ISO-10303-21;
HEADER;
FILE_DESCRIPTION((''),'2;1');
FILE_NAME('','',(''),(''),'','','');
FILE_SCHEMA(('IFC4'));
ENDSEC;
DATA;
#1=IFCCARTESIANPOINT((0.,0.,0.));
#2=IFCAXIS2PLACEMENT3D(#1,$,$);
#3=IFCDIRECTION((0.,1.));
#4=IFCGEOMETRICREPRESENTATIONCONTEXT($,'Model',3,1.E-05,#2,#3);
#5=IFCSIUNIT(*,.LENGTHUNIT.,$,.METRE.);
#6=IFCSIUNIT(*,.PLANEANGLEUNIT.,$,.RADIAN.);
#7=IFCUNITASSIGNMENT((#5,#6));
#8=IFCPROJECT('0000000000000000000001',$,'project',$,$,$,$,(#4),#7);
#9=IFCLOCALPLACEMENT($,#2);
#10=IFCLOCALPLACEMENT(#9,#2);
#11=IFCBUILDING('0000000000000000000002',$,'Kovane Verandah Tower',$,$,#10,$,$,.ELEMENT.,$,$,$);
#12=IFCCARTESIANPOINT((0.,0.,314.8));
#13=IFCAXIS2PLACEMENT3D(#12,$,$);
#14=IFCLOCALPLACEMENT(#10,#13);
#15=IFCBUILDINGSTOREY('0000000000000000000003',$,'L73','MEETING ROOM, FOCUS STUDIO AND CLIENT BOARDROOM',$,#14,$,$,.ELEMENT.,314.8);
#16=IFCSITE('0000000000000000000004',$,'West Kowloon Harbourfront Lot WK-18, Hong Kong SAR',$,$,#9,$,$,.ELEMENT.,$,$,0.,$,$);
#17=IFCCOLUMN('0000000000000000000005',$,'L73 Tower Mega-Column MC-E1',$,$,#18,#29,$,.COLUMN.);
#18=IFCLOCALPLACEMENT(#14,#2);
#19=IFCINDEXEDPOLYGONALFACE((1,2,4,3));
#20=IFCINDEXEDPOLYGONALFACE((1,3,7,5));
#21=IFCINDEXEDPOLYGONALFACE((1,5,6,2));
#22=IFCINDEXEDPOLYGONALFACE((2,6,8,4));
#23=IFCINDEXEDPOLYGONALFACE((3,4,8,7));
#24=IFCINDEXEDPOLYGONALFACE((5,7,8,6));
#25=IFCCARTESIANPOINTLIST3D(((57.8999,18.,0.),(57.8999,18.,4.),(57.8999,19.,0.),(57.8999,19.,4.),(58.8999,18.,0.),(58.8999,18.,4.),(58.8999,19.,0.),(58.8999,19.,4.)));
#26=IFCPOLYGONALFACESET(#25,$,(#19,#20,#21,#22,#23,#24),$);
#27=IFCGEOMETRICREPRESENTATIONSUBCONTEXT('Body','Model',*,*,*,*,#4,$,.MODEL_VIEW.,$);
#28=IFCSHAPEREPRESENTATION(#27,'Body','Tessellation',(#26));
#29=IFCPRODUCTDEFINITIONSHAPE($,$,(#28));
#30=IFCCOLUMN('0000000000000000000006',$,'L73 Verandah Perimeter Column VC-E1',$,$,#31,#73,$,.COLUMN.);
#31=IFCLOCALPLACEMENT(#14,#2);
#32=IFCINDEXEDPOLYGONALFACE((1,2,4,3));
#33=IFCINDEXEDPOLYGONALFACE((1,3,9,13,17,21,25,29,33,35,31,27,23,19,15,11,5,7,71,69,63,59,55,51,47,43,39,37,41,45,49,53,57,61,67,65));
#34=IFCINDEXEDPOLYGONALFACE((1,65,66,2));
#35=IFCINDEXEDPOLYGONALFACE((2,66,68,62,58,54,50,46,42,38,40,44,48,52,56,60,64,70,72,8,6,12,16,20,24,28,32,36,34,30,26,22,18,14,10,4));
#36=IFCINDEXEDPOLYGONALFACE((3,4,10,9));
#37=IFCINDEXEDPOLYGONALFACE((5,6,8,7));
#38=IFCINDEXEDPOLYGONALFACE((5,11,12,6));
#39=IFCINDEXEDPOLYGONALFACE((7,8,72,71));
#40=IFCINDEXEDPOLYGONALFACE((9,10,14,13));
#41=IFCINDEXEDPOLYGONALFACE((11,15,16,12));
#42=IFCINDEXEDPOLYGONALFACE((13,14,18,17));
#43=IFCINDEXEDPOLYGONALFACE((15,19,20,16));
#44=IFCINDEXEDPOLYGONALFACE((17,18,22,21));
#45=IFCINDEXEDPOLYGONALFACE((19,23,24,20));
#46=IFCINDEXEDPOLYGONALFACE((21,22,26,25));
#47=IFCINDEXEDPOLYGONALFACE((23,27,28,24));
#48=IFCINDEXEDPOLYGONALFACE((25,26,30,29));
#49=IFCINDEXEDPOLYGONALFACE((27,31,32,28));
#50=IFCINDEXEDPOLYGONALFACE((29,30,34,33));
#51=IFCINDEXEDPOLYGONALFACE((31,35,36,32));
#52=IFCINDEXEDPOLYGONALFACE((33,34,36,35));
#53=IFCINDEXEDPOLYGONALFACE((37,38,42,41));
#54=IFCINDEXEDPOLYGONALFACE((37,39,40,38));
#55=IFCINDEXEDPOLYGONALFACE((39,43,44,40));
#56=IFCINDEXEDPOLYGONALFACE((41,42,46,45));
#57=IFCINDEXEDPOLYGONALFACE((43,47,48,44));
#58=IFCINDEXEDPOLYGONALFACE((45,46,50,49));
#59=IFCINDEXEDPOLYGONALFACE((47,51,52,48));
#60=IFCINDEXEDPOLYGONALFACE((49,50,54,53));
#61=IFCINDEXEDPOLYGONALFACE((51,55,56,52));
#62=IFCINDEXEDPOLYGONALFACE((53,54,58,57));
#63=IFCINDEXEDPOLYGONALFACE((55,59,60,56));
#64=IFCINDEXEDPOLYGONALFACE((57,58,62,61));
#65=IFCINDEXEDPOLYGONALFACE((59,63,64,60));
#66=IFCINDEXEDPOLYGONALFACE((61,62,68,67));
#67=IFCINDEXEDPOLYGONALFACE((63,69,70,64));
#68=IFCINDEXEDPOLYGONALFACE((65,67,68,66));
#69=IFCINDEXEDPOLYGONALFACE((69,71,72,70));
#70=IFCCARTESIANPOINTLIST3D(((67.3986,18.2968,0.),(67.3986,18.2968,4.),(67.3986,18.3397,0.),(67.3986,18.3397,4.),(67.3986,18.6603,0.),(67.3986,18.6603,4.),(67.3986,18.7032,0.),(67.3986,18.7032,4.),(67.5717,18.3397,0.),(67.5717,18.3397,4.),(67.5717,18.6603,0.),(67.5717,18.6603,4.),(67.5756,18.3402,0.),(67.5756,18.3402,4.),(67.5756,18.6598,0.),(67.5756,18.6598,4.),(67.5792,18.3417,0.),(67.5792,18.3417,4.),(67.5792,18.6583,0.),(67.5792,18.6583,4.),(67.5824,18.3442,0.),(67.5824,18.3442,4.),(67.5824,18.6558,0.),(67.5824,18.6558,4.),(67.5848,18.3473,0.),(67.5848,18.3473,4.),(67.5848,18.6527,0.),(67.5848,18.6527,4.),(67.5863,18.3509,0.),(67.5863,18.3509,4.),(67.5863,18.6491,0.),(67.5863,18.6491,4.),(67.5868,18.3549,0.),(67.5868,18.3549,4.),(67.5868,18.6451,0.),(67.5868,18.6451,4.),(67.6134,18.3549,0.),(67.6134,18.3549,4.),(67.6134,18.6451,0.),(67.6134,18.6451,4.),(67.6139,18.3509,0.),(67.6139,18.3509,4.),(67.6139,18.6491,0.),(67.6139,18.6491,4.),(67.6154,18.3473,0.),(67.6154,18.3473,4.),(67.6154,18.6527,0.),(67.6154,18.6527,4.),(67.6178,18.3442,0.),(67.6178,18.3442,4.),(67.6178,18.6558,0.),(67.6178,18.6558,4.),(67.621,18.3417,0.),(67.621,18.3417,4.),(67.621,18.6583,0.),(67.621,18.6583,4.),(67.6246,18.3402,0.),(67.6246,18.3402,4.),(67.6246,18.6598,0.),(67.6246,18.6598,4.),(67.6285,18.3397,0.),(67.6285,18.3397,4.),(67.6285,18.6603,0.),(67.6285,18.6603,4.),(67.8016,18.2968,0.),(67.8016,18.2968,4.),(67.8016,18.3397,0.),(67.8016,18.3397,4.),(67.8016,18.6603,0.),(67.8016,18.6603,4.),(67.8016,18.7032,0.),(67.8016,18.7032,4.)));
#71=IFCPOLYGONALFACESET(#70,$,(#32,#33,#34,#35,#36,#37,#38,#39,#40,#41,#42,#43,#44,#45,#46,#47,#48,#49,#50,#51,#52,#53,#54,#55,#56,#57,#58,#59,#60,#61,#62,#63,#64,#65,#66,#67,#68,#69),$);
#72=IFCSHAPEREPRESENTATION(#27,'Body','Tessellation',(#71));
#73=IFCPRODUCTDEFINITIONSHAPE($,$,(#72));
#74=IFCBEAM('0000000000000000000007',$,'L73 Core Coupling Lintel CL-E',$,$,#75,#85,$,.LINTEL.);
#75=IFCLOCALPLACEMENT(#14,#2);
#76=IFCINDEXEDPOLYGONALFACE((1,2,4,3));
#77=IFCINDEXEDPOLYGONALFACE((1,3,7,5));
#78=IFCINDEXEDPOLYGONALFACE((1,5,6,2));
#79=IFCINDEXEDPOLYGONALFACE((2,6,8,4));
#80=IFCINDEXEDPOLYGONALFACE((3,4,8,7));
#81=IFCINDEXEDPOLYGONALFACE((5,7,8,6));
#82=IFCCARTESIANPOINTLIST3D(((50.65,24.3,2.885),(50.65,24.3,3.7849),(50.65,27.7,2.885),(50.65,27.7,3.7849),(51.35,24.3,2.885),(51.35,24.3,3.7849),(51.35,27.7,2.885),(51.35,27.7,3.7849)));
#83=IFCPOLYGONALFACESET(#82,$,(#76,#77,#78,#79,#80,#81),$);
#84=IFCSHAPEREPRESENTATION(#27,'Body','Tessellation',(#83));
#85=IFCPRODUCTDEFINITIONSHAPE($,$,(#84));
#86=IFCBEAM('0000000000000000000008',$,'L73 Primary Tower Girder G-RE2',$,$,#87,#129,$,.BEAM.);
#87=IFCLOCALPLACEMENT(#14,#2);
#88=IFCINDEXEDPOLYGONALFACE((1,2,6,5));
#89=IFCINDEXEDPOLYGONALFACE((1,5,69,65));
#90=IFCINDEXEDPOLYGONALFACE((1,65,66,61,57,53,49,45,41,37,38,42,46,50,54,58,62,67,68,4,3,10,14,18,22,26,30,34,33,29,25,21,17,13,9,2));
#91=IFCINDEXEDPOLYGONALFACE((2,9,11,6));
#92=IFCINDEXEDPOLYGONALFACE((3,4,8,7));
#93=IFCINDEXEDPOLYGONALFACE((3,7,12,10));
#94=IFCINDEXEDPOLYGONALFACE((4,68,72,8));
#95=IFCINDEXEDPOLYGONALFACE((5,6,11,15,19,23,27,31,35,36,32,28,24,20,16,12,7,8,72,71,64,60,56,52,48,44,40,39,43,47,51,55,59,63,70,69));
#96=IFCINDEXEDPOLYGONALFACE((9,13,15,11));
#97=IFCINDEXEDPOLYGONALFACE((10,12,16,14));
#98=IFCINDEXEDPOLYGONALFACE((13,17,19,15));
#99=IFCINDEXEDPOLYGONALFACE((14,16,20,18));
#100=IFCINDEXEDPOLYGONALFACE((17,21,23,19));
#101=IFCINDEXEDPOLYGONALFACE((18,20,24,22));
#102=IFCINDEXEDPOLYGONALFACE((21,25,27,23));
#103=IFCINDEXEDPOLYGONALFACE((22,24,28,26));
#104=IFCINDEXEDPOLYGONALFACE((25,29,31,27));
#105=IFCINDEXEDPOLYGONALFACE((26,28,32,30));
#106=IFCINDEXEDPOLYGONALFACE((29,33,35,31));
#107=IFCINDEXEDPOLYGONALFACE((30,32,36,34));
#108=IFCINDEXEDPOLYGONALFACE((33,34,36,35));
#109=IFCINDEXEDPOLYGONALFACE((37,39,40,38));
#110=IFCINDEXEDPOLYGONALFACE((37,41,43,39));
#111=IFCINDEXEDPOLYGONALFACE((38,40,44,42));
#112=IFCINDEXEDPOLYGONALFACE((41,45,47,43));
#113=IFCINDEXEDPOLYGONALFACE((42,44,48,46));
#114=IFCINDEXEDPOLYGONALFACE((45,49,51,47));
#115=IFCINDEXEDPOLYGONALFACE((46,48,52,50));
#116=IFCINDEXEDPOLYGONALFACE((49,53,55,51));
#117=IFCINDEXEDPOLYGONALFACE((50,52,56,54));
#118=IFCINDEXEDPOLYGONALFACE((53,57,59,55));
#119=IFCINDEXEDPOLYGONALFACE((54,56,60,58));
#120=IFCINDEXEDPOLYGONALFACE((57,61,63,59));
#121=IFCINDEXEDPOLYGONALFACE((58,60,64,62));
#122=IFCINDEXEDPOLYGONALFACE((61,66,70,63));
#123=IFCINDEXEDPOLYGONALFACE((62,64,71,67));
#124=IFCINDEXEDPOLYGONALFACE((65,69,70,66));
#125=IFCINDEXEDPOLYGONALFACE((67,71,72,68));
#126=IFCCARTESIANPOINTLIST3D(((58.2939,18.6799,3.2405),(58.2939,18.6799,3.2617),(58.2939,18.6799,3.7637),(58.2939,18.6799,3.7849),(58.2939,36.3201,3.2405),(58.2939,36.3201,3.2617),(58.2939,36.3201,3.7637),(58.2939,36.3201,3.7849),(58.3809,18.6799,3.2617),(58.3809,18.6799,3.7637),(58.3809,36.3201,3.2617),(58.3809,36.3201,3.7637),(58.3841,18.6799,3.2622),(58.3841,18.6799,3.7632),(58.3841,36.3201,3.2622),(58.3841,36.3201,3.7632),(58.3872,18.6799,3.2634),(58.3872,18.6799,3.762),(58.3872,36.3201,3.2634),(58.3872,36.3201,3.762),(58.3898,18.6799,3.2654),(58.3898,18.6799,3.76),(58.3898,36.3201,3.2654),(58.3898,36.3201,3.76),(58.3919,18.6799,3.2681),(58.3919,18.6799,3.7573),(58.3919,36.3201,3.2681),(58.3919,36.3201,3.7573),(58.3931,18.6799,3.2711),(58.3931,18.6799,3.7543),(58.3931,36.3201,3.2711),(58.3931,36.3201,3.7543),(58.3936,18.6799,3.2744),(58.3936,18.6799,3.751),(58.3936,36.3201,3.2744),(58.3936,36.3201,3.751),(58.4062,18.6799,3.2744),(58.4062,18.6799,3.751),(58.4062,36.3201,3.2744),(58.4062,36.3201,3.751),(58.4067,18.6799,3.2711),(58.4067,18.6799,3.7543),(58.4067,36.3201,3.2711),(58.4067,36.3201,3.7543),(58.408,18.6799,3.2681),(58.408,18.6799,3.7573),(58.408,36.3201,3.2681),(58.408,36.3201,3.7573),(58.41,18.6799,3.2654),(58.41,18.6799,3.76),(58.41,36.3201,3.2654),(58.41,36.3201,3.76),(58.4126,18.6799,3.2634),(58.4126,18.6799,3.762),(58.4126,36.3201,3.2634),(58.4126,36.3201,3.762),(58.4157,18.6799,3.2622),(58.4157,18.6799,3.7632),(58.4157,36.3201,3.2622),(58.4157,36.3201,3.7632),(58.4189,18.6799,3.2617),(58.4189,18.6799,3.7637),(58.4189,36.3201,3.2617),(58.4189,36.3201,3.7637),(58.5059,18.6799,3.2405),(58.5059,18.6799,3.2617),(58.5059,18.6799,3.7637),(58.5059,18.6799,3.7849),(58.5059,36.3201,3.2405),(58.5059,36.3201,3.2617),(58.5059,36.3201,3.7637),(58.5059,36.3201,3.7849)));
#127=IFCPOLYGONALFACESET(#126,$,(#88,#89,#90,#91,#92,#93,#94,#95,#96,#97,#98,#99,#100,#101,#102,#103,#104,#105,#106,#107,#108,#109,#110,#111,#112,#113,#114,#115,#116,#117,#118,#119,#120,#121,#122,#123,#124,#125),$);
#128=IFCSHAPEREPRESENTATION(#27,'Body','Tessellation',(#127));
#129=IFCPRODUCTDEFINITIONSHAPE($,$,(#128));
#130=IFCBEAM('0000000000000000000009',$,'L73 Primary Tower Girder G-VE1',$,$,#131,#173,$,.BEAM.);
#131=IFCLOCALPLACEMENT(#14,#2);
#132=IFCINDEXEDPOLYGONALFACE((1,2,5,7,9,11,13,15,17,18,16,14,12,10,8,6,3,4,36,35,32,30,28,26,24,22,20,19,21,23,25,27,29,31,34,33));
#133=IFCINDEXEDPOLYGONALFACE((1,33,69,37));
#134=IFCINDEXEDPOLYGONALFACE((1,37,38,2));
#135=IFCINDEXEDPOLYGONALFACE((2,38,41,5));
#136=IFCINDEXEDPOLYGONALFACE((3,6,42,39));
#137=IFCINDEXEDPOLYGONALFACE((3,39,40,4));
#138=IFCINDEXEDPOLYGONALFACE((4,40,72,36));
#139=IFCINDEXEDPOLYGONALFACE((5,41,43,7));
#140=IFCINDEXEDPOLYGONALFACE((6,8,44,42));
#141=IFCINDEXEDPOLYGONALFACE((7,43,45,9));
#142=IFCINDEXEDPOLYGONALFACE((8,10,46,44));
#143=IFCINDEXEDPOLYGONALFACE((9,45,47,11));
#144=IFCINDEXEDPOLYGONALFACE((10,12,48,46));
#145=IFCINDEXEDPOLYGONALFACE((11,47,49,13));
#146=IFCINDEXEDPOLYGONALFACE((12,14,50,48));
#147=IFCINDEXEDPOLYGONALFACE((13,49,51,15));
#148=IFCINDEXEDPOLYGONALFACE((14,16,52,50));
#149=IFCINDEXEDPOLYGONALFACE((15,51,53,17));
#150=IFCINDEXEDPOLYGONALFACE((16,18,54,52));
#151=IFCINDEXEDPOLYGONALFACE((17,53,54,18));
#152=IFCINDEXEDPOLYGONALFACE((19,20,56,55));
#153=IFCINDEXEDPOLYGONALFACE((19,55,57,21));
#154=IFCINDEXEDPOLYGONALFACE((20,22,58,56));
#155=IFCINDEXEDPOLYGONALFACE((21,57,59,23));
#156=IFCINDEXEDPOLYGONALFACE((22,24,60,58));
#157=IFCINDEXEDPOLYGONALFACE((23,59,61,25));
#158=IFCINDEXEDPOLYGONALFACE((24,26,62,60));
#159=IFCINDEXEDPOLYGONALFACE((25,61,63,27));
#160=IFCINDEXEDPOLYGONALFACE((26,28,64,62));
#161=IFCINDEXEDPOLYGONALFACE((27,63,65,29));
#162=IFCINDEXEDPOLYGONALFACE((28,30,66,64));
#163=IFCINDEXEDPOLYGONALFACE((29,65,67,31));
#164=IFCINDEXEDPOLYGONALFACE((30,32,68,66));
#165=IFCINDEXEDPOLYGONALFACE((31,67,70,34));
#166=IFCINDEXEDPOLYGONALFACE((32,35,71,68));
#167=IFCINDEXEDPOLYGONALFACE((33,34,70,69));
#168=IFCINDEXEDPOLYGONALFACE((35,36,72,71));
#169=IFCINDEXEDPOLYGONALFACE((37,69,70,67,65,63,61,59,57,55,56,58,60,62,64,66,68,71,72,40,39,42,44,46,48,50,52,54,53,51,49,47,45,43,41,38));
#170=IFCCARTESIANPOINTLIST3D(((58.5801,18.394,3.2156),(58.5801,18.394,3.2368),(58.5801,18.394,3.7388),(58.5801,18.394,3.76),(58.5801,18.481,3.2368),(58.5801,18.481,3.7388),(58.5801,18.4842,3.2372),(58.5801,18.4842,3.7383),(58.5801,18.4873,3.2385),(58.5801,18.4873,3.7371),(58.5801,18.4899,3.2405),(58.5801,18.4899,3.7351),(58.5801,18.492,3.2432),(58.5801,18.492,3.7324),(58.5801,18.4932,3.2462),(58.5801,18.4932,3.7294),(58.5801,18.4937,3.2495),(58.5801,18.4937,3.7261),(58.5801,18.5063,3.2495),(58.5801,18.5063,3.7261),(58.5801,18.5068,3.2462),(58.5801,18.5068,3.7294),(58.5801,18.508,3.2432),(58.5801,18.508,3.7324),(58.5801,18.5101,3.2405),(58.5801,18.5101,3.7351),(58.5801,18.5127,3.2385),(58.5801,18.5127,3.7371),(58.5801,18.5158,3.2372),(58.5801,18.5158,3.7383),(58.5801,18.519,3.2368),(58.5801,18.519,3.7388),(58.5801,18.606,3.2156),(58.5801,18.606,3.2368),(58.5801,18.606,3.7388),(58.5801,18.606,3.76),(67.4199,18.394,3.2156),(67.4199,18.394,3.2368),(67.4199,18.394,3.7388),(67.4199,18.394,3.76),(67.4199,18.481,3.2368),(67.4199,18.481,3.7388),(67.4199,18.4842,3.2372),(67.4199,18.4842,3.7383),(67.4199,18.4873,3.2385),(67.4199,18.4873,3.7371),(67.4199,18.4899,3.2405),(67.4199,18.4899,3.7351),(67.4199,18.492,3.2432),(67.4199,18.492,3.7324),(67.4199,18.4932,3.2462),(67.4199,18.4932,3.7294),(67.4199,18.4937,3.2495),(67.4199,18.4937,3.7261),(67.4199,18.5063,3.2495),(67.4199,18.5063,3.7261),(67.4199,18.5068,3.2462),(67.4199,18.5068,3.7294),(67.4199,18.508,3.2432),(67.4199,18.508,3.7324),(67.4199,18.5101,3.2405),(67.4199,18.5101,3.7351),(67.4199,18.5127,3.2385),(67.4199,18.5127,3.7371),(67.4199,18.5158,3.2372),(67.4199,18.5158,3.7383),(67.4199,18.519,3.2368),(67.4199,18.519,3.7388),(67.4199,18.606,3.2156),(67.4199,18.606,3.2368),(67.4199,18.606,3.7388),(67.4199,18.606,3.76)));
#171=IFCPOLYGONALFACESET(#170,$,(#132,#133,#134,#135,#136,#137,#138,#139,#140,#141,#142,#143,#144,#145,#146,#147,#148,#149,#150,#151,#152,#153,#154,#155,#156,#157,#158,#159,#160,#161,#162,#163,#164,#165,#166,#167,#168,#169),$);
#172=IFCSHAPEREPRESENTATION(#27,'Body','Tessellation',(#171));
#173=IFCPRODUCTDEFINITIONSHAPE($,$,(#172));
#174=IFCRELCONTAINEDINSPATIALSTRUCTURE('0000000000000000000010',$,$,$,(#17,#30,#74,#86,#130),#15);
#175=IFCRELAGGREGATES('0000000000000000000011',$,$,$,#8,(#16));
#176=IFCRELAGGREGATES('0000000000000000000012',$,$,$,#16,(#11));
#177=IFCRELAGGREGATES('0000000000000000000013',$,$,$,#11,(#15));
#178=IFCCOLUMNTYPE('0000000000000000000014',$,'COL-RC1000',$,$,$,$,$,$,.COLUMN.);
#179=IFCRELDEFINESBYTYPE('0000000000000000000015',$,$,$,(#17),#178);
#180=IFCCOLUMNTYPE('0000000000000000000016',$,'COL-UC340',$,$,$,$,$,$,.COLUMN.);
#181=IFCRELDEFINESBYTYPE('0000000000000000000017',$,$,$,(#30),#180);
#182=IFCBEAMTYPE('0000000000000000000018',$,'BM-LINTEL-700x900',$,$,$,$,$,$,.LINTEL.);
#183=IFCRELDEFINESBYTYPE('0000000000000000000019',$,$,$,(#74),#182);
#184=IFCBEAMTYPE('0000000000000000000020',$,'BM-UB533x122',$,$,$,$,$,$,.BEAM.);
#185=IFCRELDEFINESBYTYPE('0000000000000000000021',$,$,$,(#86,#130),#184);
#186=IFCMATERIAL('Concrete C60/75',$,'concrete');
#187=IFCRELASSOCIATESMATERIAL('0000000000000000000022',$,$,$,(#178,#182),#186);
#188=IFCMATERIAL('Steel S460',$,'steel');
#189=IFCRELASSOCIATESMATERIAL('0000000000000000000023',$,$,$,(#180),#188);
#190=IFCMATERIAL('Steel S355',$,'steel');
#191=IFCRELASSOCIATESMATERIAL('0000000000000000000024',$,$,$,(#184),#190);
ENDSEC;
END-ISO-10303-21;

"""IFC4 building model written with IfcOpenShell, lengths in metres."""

from ifc_helpers import new_model, si_unit, direction, frame, origin, origin_2d, place, context, subcontext, project, spatial, rectangle, i_section, extrude, material, material_profile, profile_set, type_object, element, save


model = new_model("IFC4")

# Units and contexts
model_context = context("Model", 3, precision=1e-05, world=origin(), true_north=direction((0.0, 1.0)))
body_context = subcontext(model_context, "Body", "Model", "MODEL_VIEW")
ifc_project = project(units=[si_unit("LENGTHUNIT", "METRE"), si_unit("PLANEANGLEUNIT", "RADIAN")], contexts=[model_context])

# Site, building, storey
site_placement = place(None, origin())
site = spatial("IfcSite", under=ifc_project, at=site_placement, Name="West Kowloon Harbourfront Lot WK-18, Hong Kong SAR", CompositionType="ELEMENT", RefElevation=0.0)
building_placement = place(site_placement, origin())
building = spatial("IfcBuilding", under=site, at=building_placement, Name="Kovane Verandah Tower", CompositionType="ELEMENT")
storey_placement = place(building_placement, frame((0.0, 0.0, 314.8)))
storey = spatial("IfcBuildingStorey", under=building, at=storey_placement, Name="L73", Description="MEETING ROOM, FOCUS STUDIO AND CLIENT BOARDROOM", CompositionType="ELEMENT", Elevation=314.8)

# Columns
ifc_material_1 = material(Name="Concrete C60/75", Category="concrete")
ifc_material_profile_1 = material_profile(ifc_material_1, rectangle(XDim=1.0, YDim=1.0, at=origin_2d()), Name="RC1000x1000")
ifc_profile_set_1 = profile_set([ifc_material_profile_1], Name="Concrete C60/75")
column_type_1 = type_object("IfcColumnType", Name="COL-RC1000", PredefinedType="COLUMN", material=ifc_profile_set_1)
column_1_placement = place(storey_placement, frame((58.3999, 18.5, 0.0), z_axis=(0.0, 0.0, 1.0), x_axis=(1.0, 0.0, 0.0)))
element("IfcColumn", 1, at=column_1_placement, inside=storey, type_object=column_type_1, Name="L73 Tower Mega-Column MC-E1", PredefinedType="COLUMN", context=body_context, shape_type="SweptSolid", body=[
    extrude(rectangle(XDim=1.0, YDim=1.0, at=origin_2d()), origin(), (0.0, 0.0, 1.0), 4.0),
])
ifc_material_2 = material(Name="Steel S460", Category="steel")
ifc_material_profile_2 = material_profile(ifc_material_2, i_section(OverallWidth=0.4031, OverallDepth=0.4065, WebThickness=0.0266, FlangeThickness=0.043, FilletRadius=0.0151, at=origin_2d()), Name="UC356x406x340")
ifc_profile_set_2 = profile_set([ifc_material_profile_2], Name="Steel S460")
column_type_2 = type_object("IfcColumnType", Name="COL-UC340", PredefinedType="COLUMN", material=ifc_profile_set_2)
column_2_placement = place(storey_placement, frame((67.6001, 18.5, 0.0), z_axis=(0.0, 0.0, 1.0), x_axis=(1.0, 0.0, 0.0)))
element("IfcColumn", 2, at=column_2_placement, inside=storey, type_object=column_type_2, Name="L73 Verandah Perimeter Column VC-E1", PredefinedType="COLUMN", context=body_context, shape_type="SweptSolid", body=[
    extrude(i_section(OverallWidth=0.4031, OverallDepth=0.4065, WebThickness=0.0266, FlangeThickness=0.043, FilletRadius=0.0151, at=origin_2d()), origin(), (0.0, 0.0, 1.0), 4.0),
])

# Beams
ifc_material_profile_3 = material_profile(ifc_material_1, rectangle(XDim=0.7, YDim=0.8999, at=origin_2d()), Name="RCB700x900")
ifc_profile_set_3 = profile_set([ifc_material_profile_3], Name="Concrete C60/75")
beam_type_1 = type_object("IfcBeamType", Name="BM-LINTEL-700x900", PredefinedType="LINTEL", material=ifc_profile_set_3)
beam_1_placement = place(storey_placement, frame((51.0, 24.3, 3.335), z_axis=(0.0, 1.0, 0.0), x_axis=(-1.0, 0.0, 0.0)))
element("IfcBeam", 3, at=beam_1_placement, inside=storey, type_object=beam_type_1, Name="L73 Core Coupling Lintel CL-E", PredefinedType="LINTEL", context=body_context, shape_type="SweptSolid", body=[
    extrude(rectangle(XDim=0.7, YDim=0.8999, at=origin_2d()), origin(), (0.0, 0.0, 1.0), 3.3999),
])
ifc_material_3 = material(Name="Steel S355", Category="steel")
ifc_material_profile_4 = material_profile(ifc_material_3, i_section(OverallWidth=0.2119, OverallDepth=0.5444, WebThickness=0.0127, FlangeThickness=0.0212, FilletRadius=0.0127, at=origin_2d()), Name="UB533x210x122")
ifc_profile_set_4 = profile_set([ifc_material_profile_4], Name="Steel S355")
beam_type_2 = type_object("IfcBeamType", Name="BM-UB533x122", PredefinedType="BEAM", material=ifc_profile_set_4)
beam_2_placement = place(storey_placement, frame((58.3999, 18.6799, 3.5127), z_axis=(0.0, 1.0, 0.0), x_axis=(-1.0, 0.0, 0.0)))
element("IfcBeam", 4, at=beam_2_placement, inside=storey, type_object=beam_type_2, Name="L73 Primary Tower Girder G-RE2", PredefinedType="BEAM", context=body_context, shape_type="SweptSolid", body=[
    extrude(i_section(OverallWidth=0.2119, OverallDepth=0.5444, WebThickness=0.0127, FlangeThickness=0.0212, FilletRadius=0.0127, at=origin_2d()), origin(), (0.0, 0.0, 1.0), 17.6401),
])
beam_3_placement = place(storey_placement, frame((58.5801, 18.5, 3.4878), z_axis=(1.0, 0.0, 0.0), x_axis=(0.0, 1.0, 0.0)))
element("IfcBeam", 5, at=beam_3_placement, inside=storey, type_object=beam_type_2, Name="L73 Primary Tower Girder G-VE1", PredefinedType="BEAM", context=body_context, shape_type="SweptSolid", body=[
    extrude(i_section(OverallWidth=0.2119, OverallDepth=0.5444, WebThickness=0.0127, FlangeThickness=0.0212, FilletRadius=0.0127, at=origin_2d()), origin(), (0.0, 0.0, 1.0), 8.8398),
])

save(model, "model.ifc")
